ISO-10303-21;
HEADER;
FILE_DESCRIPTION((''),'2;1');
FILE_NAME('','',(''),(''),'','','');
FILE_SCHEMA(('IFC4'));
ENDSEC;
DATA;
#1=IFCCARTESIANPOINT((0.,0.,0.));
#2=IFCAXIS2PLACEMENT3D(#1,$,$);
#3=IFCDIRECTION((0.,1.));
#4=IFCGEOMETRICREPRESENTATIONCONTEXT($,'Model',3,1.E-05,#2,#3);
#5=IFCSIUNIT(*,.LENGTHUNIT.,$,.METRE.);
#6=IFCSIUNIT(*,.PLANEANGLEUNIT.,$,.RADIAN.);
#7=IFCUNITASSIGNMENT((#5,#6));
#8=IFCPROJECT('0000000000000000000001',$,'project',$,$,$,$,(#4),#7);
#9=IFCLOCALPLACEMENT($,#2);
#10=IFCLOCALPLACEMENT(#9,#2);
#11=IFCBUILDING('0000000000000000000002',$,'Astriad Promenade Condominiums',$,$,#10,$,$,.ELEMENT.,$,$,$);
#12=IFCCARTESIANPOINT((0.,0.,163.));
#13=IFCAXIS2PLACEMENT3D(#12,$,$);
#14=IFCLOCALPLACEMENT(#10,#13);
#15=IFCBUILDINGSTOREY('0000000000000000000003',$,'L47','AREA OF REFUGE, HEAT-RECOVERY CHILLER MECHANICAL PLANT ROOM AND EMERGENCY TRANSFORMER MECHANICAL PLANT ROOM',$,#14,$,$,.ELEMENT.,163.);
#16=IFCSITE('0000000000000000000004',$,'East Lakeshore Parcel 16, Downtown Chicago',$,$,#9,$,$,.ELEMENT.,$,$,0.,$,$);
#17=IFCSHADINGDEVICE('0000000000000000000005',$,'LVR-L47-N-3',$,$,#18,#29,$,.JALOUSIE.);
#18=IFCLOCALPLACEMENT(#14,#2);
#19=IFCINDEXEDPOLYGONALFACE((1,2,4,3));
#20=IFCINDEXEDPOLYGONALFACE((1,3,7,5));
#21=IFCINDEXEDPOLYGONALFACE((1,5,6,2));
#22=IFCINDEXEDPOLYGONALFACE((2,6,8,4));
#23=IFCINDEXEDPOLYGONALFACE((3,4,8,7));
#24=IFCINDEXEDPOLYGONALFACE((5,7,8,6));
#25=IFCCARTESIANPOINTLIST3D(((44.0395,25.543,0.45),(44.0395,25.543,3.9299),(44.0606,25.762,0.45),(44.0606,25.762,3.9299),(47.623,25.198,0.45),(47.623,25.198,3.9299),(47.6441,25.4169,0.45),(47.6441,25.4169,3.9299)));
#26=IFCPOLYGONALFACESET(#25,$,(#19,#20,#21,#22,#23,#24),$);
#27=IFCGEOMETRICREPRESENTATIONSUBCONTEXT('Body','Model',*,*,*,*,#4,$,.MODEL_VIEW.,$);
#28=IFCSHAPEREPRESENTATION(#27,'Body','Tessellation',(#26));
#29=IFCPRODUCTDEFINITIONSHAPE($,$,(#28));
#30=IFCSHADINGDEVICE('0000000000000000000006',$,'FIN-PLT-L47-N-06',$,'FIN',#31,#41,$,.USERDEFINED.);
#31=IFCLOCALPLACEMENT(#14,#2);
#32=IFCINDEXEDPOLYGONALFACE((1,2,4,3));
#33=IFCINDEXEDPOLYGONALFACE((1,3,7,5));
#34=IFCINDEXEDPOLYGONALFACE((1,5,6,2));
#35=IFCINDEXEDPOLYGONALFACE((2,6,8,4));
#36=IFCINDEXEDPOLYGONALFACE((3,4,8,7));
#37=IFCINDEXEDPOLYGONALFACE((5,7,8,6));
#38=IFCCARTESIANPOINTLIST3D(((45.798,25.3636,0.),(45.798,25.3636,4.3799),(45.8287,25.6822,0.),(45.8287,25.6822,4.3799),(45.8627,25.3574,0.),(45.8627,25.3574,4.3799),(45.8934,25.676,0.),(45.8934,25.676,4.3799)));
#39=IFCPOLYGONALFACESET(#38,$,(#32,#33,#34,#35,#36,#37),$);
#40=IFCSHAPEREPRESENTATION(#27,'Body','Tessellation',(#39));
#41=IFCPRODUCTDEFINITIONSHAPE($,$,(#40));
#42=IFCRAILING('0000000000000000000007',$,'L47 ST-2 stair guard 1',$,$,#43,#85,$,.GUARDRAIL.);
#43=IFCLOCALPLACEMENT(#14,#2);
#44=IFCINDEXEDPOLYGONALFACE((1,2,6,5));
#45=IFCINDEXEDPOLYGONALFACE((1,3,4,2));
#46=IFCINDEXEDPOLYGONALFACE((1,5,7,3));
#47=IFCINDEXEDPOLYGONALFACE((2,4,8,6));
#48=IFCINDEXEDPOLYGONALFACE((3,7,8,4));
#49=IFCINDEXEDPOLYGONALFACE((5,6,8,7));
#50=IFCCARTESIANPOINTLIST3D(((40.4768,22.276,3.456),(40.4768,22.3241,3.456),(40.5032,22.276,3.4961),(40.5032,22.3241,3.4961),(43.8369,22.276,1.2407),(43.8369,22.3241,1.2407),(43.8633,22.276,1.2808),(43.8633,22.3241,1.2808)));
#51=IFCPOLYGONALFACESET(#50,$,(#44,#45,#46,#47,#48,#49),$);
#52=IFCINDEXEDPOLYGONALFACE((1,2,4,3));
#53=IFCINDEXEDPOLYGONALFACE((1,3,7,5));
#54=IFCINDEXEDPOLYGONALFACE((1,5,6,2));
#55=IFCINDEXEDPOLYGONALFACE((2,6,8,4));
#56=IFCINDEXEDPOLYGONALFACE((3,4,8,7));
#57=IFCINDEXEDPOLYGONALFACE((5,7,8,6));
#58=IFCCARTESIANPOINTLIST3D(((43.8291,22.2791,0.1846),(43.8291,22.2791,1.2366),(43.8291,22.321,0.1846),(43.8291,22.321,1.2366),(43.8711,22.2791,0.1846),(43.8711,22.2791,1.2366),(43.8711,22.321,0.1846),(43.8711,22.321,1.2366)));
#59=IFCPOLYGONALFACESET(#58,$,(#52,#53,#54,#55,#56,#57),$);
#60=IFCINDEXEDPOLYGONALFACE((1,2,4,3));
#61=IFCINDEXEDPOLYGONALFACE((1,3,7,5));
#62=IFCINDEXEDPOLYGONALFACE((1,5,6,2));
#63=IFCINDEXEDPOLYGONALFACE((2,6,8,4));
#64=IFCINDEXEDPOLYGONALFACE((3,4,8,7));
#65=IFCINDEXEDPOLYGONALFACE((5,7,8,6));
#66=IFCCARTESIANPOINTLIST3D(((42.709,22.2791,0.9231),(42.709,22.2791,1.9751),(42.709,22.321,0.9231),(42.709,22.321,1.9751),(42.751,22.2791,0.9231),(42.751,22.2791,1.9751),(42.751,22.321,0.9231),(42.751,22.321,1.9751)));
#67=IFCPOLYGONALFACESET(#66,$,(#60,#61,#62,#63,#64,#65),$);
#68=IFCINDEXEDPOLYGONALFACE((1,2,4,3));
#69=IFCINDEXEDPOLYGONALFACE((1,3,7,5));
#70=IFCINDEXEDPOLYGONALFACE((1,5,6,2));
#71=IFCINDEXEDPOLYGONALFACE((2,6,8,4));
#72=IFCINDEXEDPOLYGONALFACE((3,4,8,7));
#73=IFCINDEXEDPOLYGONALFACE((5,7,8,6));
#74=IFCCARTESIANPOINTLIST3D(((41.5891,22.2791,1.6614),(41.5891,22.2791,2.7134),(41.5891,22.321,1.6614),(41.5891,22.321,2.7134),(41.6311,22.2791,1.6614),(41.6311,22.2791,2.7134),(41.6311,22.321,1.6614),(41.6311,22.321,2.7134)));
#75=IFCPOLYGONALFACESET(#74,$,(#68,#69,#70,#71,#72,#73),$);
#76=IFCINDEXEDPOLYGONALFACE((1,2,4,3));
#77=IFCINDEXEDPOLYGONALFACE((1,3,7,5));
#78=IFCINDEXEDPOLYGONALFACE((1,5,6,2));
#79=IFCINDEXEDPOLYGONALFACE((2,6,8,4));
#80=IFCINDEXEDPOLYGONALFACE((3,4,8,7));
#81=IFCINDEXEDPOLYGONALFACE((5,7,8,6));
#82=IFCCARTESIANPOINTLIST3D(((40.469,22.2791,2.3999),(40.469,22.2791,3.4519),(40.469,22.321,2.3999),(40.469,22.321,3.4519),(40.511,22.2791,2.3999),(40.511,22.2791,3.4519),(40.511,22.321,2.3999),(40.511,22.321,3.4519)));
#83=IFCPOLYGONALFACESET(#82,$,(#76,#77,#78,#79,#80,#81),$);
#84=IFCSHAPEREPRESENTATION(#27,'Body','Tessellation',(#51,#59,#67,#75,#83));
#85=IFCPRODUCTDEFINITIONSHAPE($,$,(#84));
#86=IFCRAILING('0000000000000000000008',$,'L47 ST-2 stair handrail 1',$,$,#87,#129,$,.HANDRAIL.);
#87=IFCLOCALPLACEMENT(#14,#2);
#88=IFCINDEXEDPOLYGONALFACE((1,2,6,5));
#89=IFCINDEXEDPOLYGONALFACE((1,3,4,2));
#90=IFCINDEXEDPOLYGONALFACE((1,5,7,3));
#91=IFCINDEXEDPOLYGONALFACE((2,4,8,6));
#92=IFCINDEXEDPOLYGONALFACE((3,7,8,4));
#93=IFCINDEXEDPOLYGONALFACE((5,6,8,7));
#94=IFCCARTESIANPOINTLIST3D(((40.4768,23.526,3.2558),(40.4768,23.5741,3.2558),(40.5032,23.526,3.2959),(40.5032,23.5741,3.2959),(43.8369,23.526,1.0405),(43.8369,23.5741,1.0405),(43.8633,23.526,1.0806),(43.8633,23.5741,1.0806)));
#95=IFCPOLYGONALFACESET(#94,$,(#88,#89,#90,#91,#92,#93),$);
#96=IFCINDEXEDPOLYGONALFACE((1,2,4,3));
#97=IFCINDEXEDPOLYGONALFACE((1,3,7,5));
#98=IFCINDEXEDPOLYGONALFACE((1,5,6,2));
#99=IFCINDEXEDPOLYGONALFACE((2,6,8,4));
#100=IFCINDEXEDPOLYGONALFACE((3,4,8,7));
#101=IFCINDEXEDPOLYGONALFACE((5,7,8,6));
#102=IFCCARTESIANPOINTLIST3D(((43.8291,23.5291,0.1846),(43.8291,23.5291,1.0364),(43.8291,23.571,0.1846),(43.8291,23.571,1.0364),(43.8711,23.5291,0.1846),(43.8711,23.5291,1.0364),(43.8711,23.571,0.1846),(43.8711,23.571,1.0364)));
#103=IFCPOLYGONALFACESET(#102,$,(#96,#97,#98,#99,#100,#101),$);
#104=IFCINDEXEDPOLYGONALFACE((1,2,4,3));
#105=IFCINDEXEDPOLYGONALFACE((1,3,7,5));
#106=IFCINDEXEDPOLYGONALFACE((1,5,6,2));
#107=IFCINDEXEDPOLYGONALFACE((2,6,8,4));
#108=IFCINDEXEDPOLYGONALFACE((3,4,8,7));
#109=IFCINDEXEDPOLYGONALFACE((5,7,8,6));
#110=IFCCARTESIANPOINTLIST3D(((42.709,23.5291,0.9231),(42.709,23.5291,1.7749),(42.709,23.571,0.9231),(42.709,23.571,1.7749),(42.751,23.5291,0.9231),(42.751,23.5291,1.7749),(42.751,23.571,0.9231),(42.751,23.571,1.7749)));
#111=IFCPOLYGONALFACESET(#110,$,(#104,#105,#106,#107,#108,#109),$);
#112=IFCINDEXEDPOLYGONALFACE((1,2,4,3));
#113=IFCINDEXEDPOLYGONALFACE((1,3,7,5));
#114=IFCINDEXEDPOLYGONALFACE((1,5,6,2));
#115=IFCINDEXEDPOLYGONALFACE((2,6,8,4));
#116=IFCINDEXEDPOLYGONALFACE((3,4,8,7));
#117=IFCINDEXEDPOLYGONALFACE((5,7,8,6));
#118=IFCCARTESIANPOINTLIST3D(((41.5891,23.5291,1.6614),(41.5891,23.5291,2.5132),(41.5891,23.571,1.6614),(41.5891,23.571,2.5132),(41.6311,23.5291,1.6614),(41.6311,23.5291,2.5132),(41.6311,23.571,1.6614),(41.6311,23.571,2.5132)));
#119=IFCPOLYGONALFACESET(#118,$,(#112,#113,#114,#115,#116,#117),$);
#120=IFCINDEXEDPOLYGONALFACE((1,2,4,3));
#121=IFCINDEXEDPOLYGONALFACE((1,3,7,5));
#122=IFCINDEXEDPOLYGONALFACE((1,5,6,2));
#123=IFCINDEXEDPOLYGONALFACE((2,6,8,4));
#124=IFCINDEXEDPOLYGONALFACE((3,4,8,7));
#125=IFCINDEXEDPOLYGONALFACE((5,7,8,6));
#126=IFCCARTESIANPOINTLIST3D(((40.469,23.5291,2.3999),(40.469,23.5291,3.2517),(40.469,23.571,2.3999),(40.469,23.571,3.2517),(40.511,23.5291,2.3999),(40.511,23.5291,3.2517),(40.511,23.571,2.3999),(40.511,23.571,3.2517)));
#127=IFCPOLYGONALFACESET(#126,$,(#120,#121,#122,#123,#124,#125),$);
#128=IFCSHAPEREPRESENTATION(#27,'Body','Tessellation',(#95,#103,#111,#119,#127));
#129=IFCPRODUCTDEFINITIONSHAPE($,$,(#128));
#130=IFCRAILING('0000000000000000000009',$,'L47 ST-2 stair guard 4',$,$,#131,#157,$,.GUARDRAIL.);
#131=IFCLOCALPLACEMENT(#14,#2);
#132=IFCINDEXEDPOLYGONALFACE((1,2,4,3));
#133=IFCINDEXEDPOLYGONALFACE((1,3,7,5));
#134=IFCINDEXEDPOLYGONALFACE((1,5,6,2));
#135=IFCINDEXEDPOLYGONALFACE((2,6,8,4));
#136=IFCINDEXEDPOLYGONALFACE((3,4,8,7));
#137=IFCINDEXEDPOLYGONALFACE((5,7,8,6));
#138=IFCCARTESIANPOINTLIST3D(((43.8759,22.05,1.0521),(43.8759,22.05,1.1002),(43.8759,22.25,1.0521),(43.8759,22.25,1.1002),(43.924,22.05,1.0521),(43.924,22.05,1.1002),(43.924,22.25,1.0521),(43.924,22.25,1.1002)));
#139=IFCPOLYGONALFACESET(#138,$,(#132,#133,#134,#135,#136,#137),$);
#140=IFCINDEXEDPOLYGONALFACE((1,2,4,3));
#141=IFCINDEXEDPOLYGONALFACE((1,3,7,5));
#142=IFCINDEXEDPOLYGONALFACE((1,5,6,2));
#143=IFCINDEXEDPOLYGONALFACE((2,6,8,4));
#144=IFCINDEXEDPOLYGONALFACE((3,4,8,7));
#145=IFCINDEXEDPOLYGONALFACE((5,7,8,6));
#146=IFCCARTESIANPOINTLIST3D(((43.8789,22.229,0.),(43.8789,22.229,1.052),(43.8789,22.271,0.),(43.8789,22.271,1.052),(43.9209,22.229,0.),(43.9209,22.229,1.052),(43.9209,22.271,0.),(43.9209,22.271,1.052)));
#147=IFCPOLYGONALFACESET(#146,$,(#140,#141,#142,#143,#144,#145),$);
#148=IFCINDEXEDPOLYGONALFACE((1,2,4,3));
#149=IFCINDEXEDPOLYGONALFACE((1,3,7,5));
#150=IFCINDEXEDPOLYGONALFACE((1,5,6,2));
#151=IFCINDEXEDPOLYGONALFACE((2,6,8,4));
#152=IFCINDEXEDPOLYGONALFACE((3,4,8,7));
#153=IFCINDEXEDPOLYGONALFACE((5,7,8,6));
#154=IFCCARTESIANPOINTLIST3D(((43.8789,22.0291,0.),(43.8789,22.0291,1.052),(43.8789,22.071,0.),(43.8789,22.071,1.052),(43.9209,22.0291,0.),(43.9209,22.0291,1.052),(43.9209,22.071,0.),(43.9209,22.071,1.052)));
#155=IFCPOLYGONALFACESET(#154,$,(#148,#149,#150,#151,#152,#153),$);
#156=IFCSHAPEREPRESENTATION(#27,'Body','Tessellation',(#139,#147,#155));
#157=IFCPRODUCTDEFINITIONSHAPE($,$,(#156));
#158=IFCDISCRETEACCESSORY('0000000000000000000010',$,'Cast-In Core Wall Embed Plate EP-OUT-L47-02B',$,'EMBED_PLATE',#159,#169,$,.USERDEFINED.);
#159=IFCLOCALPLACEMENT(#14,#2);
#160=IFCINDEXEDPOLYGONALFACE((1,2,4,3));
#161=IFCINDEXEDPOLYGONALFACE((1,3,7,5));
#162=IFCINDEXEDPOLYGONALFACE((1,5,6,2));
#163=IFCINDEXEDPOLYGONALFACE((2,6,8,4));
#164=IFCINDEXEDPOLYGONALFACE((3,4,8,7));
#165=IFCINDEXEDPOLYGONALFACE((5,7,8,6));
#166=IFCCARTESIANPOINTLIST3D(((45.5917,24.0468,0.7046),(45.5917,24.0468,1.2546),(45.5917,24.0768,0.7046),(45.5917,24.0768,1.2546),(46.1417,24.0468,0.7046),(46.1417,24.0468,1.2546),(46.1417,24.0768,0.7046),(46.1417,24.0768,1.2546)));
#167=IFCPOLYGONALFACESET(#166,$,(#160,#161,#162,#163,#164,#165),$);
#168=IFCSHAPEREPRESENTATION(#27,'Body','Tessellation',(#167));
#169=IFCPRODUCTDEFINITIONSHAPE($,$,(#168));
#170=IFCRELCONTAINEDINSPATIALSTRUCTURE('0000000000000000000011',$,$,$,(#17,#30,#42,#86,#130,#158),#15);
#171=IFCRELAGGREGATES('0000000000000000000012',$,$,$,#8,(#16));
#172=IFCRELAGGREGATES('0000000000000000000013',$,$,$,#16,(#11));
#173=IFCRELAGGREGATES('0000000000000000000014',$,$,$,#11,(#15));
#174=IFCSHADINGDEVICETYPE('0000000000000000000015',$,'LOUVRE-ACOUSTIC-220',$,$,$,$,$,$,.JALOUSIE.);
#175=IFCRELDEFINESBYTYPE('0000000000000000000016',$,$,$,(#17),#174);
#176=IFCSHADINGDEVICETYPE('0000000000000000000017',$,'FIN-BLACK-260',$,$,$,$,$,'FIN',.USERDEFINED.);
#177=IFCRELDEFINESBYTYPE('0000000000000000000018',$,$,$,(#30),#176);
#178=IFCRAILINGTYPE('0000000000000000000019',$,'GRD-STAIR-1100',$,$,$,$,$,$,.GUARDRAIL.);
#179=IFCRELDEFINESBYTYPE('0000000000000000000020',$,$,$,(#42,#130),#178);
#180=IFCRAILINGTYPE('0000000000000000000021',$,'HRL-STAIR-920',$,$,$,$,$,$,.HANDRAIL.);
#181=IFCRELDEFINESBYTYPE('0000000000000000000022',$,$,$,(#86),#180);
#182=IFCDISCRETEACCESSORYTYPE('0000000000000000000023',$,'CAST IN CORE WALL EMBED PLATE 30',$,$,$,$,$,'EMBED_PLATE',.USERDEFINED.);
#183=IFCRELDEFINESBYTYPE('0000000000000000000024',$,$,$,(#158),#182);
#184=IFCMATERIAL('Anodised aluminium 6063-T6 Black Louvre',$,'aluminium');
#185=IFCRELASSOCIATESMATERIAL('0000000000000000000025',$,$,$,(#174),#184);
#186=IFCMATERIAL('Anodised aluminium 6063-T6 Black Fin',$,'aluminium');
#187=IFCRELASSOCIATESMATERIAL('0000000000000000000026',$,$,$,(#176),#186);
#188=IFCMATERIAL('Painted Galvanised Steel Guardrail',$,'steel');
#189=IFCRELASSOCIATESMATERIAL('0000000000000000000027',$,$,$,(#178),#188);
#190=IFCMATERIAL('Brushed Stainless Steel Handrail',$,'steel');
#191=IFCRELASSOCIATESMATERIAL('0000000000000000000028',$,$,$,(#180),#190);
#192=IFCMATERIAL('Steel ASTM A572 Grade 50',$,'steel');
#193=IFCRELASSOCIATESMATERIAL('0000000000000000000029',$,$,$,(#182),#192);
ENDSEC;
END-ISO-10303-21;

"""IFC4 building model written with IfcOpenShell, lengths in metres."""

from ifc_helpers import new_model, si_unit, direction, frame, origin, origin_2d, place, context, subcontext, project, spatial, rectangle, extrude, source, transform, mapped, material, type_object, type_shapes, element, save


model = new_model("IFC4")

# Units and contexts
model_context = context("Model", 3, precision=1e-05, world=origin(), true_north=direction((0.0, 1.0)))
body_context = subcontext(model_context, "Body", "Model", "MODEL_VIEW")
ifc_project = project(units=[si_unit("LENGTHUNIT", "METRE"), si_unit("PLANEANGLEUNIT", "RADIAN")], contexts=[model_context])

# Site, building, storey
site_placement = place(None, origin())
site = spatial("IfcSite", under=ifc_project, at=site_placement, Name="East Lakeshore Parcel 16, Downtown Chicago", CompositionType="ELEMENT", RefElevation=0.0)
building_placement = place(site_placement, origin())
building = spatial("IfcBuilding", under=site, at=building_placement, Name="Astriad Promenade Condominiums", CompositionType="ELEMENT")
storey_placement = place(building_placement, frame((0.0, 0.0, 163.0)))
storey = spatial("IfcBuildingStorey", under=building, at=storey_placement, Name="L47", Description="AREA OF REFUGE, HEAT-RECOVERY CHILLER MECHANICAL PLANT ROOM AND EMERGENCY TRANSFORMER MECHANICAL PLANT ROOM", CompositionType="ELEMENT", Elevation=163.0)

# Shared definitions
ifc_material_1 = material(Name="Steel ASTM A572 Grade 50", Category="steel")

# Shading devices
ifc_material_2 = material(Name="Anodised aluminium 6063-T6 Black Louvre", Category="aluminium")
shading_device_type_1 = type_object("IfcShadingDeviceType", Name="LOUVRE-ACOUSTIC-220", PredefinedType="JALOUSIE", material=ifc_material_2)
shared_shape_1 = source(origin(), body_context, "Body", "SweptSolid", [
    extrude(rectangle(XDim=3.6001, YDim=0.22, at=origin_2d()), origin(), (0.0, 0.0, 1.0), 3.48),
])
type_shapes(shading_device_type_1, [shared_shape_1])
shading_device_1_placement = place(storey_placement, frame((45.8418, 25.48, 0.45), z_axis=(0.0, 0.0, 1.0), x_axis=(0.995396, -0.095846, 0.0)))
element("IfcShadingDevice", 1, at=shading_device_1_placement, inside=storey, type_object=shading_device_type_1, Name="LVR-L47-N-3", PredefinedType="JALOUSIE", context=body_context, shape_type="MappedRepresentation", body=[
    mapped(shared_shape_1, transform((0.0, 0.0, 0.0), scale=1.0)),
])
ifc_material_3 = material(Name="Anodised aluminium 6063-T6 Black Fin", Category="aluminium")
shading_device_type_2 = type_object("IfcShadingDeviceType", Name="FIN-BLACK-260", ElementType="FIN", PredefinedType="USERDEFINED", material=ifc_material_3)
shared_shape_2 = source(origin(), body_context, "Body", "SweptSolid", [
    extrude(rectangle(XDim=0.0649, YDim=0.3201, at=origin_2d()), origin(), (0.0, 0.0, 1.0), 4.3799),
])
type_shapes(shading_device_type_2, [shared_shape_2])
shading_device_2_placement = place(storey_placement, frame((45.8457, 25.5198, 0.0), z_axis=(0.0, 0.0, 1.0), x_axis=(0.995396, -0.095846, 0.0)))
element("IfcShadingDevice", 2, at=shading_device_2_placement, inside=storey, type_object=shading_device_type_2, Name="FIN-PLT-L47-N-06", ObjectType="FIN", PredefinedType="USERDEFINED", context=body_context, shape_type="MappedRepresentation", body=[
    mapped(shared_shape_2, transform((0.0, 0.0, 0.0), scale=1.0)),
])

# Railings
ifc_material_4 = material(Name="Painted Galvanised Steel Guardrail", Category="steel")
railing_type_1 = type_object("IfcRailingType", Name="GRD-STAIR-1100", PredefinedType="GUARDRAIL", material=ifc_material_4)
shared_shape_3 = source(origin(), body_context, "Body", "SweptSolid", [
    extrude(rectangle(XDim=0.0481, YDim=0.0481, at=origin_2d()), frame((0.0, 0.0, 1.0762), z_axis=(-0.834876, 0.0, 0.550437), x_axis=(0.0, -1.0, 0.0)), (0.0, 0.0, 1.0), 4.0247),
    extrude(rectangle(XDim=0.042, YDim=0.042, at=origin_2d()), origin(), (0.0, 0.0, 1.0), 1.052),
    extrude(rectangle(XDim=0.042, YDim=0.042, at=origin_2d()), frame((-1.1201, 0.0, 0.7385)), (0.0, 0.0, 1.0), 1.052),
    extrude(rectangle(XDim=0.042, YDim=0.042, at=origin_2d()), frame((-2.24, 0.0, 1.4768)), (0.0, 0.0, 1.0), 1.052),
    extrude(rectangle(XDim=0.042, YDim=0.042, at=origin_2d()), frame((-3.3601, 0.0, 2.2153)), (0.0, 0.0, 1.0), 1.052),
])
railing_1_placement = place(storey_placement, frame((43.8501, 22.3, 0.1846)))
element("IfcRailing", 3, at=railing_1_placement, inside=storey, type_object=railing_type_1, Name="L47 ST-2 stair guard 1", PredefinedType="GUARDRAIL", context=body_context, shape_type="MappedRepresentation", body=[
    mapped(shared_shape_3, transform((0.0, 0.0, 0.0), scale=1.0)),
])
ifc_material_5 = material(Name="Brushed Stainless Steel Handrail", Category="steel")
railing_type_2 = type_object("IfcRailingType", Name="HRL-STAIR-920", PredefinedType="HANDRAIL", material=ifc_material_5)
shared_shape_4 = source(origin(), body_context, "Body", "SweptSolid", [
    extrude(rectangle(XDim=0.0481, YDim=0.0481, at=origin_2d()), frame((0.0, 0.0, 0.876), z_axis=(-0.834876, 0.0, 0.550437), x_axis=(0.0, -1.0, 0.0)), (0.0, 0.0, 1.0), 4.0247),
    extrude(rectangle(XDim=0.042, YDim=0.042, at=origin_2d()), origin(), (0.0, 0.0, 1.0), 0.8518),
    extrude(rectangle(XDim=0.042, YDim=0.042, at=origin_2d()), frame((-1.1201, 0.0, 0.7385)), (0.0, 0.0, 1.0), 0.8518),
    extrude(rectangle(XDim=0.042, YDim=0.042, at=origin_2d()), frame((-2.24, 0.0, 1.4768)), (0.0, 0.0, 1.0), 0.8518),
    extrude(rectangle(XDim=0.042, YDim=0.042, at=origin_2d()), frame((-3.3601, 0.0, 2.2153)), (0.0, 0.0, 1.0), 0.8518),
])
type_shapes(railing_type_2, [shared_shape_4])
railing_2_placement = place(storey_placement, frame((43.8501, 23.55, 0.1846)))
element("IfcRailing", 4, at=railing_2_placement, inside=storey, type_object=railing_type_2, Name="L47 ST-2 stair handrail 1", PredefinedType="HANDRAIL", context=body_context, shape_type="MappedRepresentation", body=[
    mapped(shared_shape_4, transform((0.0, 0.0, 0.0), scale=1.0)),
])
shared_shape_5 = source(origin(), body_context, "Body", "SweptSolid", [
    extrude(rectangle(XDim=0.0481, YDim=0.0481, at=origin_2d()), frame((0.0, 0.0, 1.0762), z_axis=(0.0, -1.0, 0.0), x_axis=(1.0, 0.0, 0.0)), (0.0, 0.0, 1.0), 0.2),
    extrude(rectangle(XDim=0.042, YDim=0.042, at=origin_2d()), origin(), (0.0, 0.0, 1.0), 1.052),
    extrude(rectangle(XDim=0.042, YDim=0.042, at=origin_2d()), frame((0.0, -0.2, 0.0)), (0.0, 0.0, 1.0), 1.052),
])
type_shapes(railing_type_1, [shared_shape_3, shared_shape_5])
railing_3_placement = place(storey_placement, frame((43.8999, 22.25, 0.0)))
element("IfcRailing", 5, at=railing_3_placement, inside=storey, type_object=railing_type_1, Name="L47 ST-2 stair guard 4", PredefinedType="GUARDRAIL", context=body_context, shape_type="MappedRepresentation", body=[
    mapped(shared_shape_5, transform((0.0, 0.0, 0.0), scale=1.0)),
])

# Discrete accessory
discrete_accessory_type = type_object("IfcDiscreteAccessoryType", Name="CAST IN CORE WALL EMBED PLATE 30", ElementType="EMBED_PLATE", PredefinedType="USERDEFINED", material=ifc_material_1)
shared_shape_6 = source(origin(), body_context, "Body", "SweptSolid", [
    extrude(rectangle(XDim=0.55, YDim=0.03, at=origin_2d()), origin(), (0.0, 0.0, 1.0), 0.55),
])
type_shapes(discrete_accessory_type, [shared_shape_6])
discrete_accessory_placement = place(storey_placement, frame((45.8667, 24.0618, 0.7046), z_axis=(0.0, 0.0, 1.0), x_axis=(1.0, 0.0, 0.0)))
element("IfcDiscreteAccessory", 6, at=discrete_accessory_placement, inside=storey, type_object=discrete_accessory_type, Name="Cast-In Core Wall Embed Plate EP-OUT-L47-02B", ObjectType="EMBED_PLATE", PredefinedType="USERDEFINED", context=body_context, shape_type="MappedRepresentation", body=[
    mapped(shared_shape_6, transform((0.0, 0.0, 0.0), scale=1.0)),
])

save(model, "model.ifc")
